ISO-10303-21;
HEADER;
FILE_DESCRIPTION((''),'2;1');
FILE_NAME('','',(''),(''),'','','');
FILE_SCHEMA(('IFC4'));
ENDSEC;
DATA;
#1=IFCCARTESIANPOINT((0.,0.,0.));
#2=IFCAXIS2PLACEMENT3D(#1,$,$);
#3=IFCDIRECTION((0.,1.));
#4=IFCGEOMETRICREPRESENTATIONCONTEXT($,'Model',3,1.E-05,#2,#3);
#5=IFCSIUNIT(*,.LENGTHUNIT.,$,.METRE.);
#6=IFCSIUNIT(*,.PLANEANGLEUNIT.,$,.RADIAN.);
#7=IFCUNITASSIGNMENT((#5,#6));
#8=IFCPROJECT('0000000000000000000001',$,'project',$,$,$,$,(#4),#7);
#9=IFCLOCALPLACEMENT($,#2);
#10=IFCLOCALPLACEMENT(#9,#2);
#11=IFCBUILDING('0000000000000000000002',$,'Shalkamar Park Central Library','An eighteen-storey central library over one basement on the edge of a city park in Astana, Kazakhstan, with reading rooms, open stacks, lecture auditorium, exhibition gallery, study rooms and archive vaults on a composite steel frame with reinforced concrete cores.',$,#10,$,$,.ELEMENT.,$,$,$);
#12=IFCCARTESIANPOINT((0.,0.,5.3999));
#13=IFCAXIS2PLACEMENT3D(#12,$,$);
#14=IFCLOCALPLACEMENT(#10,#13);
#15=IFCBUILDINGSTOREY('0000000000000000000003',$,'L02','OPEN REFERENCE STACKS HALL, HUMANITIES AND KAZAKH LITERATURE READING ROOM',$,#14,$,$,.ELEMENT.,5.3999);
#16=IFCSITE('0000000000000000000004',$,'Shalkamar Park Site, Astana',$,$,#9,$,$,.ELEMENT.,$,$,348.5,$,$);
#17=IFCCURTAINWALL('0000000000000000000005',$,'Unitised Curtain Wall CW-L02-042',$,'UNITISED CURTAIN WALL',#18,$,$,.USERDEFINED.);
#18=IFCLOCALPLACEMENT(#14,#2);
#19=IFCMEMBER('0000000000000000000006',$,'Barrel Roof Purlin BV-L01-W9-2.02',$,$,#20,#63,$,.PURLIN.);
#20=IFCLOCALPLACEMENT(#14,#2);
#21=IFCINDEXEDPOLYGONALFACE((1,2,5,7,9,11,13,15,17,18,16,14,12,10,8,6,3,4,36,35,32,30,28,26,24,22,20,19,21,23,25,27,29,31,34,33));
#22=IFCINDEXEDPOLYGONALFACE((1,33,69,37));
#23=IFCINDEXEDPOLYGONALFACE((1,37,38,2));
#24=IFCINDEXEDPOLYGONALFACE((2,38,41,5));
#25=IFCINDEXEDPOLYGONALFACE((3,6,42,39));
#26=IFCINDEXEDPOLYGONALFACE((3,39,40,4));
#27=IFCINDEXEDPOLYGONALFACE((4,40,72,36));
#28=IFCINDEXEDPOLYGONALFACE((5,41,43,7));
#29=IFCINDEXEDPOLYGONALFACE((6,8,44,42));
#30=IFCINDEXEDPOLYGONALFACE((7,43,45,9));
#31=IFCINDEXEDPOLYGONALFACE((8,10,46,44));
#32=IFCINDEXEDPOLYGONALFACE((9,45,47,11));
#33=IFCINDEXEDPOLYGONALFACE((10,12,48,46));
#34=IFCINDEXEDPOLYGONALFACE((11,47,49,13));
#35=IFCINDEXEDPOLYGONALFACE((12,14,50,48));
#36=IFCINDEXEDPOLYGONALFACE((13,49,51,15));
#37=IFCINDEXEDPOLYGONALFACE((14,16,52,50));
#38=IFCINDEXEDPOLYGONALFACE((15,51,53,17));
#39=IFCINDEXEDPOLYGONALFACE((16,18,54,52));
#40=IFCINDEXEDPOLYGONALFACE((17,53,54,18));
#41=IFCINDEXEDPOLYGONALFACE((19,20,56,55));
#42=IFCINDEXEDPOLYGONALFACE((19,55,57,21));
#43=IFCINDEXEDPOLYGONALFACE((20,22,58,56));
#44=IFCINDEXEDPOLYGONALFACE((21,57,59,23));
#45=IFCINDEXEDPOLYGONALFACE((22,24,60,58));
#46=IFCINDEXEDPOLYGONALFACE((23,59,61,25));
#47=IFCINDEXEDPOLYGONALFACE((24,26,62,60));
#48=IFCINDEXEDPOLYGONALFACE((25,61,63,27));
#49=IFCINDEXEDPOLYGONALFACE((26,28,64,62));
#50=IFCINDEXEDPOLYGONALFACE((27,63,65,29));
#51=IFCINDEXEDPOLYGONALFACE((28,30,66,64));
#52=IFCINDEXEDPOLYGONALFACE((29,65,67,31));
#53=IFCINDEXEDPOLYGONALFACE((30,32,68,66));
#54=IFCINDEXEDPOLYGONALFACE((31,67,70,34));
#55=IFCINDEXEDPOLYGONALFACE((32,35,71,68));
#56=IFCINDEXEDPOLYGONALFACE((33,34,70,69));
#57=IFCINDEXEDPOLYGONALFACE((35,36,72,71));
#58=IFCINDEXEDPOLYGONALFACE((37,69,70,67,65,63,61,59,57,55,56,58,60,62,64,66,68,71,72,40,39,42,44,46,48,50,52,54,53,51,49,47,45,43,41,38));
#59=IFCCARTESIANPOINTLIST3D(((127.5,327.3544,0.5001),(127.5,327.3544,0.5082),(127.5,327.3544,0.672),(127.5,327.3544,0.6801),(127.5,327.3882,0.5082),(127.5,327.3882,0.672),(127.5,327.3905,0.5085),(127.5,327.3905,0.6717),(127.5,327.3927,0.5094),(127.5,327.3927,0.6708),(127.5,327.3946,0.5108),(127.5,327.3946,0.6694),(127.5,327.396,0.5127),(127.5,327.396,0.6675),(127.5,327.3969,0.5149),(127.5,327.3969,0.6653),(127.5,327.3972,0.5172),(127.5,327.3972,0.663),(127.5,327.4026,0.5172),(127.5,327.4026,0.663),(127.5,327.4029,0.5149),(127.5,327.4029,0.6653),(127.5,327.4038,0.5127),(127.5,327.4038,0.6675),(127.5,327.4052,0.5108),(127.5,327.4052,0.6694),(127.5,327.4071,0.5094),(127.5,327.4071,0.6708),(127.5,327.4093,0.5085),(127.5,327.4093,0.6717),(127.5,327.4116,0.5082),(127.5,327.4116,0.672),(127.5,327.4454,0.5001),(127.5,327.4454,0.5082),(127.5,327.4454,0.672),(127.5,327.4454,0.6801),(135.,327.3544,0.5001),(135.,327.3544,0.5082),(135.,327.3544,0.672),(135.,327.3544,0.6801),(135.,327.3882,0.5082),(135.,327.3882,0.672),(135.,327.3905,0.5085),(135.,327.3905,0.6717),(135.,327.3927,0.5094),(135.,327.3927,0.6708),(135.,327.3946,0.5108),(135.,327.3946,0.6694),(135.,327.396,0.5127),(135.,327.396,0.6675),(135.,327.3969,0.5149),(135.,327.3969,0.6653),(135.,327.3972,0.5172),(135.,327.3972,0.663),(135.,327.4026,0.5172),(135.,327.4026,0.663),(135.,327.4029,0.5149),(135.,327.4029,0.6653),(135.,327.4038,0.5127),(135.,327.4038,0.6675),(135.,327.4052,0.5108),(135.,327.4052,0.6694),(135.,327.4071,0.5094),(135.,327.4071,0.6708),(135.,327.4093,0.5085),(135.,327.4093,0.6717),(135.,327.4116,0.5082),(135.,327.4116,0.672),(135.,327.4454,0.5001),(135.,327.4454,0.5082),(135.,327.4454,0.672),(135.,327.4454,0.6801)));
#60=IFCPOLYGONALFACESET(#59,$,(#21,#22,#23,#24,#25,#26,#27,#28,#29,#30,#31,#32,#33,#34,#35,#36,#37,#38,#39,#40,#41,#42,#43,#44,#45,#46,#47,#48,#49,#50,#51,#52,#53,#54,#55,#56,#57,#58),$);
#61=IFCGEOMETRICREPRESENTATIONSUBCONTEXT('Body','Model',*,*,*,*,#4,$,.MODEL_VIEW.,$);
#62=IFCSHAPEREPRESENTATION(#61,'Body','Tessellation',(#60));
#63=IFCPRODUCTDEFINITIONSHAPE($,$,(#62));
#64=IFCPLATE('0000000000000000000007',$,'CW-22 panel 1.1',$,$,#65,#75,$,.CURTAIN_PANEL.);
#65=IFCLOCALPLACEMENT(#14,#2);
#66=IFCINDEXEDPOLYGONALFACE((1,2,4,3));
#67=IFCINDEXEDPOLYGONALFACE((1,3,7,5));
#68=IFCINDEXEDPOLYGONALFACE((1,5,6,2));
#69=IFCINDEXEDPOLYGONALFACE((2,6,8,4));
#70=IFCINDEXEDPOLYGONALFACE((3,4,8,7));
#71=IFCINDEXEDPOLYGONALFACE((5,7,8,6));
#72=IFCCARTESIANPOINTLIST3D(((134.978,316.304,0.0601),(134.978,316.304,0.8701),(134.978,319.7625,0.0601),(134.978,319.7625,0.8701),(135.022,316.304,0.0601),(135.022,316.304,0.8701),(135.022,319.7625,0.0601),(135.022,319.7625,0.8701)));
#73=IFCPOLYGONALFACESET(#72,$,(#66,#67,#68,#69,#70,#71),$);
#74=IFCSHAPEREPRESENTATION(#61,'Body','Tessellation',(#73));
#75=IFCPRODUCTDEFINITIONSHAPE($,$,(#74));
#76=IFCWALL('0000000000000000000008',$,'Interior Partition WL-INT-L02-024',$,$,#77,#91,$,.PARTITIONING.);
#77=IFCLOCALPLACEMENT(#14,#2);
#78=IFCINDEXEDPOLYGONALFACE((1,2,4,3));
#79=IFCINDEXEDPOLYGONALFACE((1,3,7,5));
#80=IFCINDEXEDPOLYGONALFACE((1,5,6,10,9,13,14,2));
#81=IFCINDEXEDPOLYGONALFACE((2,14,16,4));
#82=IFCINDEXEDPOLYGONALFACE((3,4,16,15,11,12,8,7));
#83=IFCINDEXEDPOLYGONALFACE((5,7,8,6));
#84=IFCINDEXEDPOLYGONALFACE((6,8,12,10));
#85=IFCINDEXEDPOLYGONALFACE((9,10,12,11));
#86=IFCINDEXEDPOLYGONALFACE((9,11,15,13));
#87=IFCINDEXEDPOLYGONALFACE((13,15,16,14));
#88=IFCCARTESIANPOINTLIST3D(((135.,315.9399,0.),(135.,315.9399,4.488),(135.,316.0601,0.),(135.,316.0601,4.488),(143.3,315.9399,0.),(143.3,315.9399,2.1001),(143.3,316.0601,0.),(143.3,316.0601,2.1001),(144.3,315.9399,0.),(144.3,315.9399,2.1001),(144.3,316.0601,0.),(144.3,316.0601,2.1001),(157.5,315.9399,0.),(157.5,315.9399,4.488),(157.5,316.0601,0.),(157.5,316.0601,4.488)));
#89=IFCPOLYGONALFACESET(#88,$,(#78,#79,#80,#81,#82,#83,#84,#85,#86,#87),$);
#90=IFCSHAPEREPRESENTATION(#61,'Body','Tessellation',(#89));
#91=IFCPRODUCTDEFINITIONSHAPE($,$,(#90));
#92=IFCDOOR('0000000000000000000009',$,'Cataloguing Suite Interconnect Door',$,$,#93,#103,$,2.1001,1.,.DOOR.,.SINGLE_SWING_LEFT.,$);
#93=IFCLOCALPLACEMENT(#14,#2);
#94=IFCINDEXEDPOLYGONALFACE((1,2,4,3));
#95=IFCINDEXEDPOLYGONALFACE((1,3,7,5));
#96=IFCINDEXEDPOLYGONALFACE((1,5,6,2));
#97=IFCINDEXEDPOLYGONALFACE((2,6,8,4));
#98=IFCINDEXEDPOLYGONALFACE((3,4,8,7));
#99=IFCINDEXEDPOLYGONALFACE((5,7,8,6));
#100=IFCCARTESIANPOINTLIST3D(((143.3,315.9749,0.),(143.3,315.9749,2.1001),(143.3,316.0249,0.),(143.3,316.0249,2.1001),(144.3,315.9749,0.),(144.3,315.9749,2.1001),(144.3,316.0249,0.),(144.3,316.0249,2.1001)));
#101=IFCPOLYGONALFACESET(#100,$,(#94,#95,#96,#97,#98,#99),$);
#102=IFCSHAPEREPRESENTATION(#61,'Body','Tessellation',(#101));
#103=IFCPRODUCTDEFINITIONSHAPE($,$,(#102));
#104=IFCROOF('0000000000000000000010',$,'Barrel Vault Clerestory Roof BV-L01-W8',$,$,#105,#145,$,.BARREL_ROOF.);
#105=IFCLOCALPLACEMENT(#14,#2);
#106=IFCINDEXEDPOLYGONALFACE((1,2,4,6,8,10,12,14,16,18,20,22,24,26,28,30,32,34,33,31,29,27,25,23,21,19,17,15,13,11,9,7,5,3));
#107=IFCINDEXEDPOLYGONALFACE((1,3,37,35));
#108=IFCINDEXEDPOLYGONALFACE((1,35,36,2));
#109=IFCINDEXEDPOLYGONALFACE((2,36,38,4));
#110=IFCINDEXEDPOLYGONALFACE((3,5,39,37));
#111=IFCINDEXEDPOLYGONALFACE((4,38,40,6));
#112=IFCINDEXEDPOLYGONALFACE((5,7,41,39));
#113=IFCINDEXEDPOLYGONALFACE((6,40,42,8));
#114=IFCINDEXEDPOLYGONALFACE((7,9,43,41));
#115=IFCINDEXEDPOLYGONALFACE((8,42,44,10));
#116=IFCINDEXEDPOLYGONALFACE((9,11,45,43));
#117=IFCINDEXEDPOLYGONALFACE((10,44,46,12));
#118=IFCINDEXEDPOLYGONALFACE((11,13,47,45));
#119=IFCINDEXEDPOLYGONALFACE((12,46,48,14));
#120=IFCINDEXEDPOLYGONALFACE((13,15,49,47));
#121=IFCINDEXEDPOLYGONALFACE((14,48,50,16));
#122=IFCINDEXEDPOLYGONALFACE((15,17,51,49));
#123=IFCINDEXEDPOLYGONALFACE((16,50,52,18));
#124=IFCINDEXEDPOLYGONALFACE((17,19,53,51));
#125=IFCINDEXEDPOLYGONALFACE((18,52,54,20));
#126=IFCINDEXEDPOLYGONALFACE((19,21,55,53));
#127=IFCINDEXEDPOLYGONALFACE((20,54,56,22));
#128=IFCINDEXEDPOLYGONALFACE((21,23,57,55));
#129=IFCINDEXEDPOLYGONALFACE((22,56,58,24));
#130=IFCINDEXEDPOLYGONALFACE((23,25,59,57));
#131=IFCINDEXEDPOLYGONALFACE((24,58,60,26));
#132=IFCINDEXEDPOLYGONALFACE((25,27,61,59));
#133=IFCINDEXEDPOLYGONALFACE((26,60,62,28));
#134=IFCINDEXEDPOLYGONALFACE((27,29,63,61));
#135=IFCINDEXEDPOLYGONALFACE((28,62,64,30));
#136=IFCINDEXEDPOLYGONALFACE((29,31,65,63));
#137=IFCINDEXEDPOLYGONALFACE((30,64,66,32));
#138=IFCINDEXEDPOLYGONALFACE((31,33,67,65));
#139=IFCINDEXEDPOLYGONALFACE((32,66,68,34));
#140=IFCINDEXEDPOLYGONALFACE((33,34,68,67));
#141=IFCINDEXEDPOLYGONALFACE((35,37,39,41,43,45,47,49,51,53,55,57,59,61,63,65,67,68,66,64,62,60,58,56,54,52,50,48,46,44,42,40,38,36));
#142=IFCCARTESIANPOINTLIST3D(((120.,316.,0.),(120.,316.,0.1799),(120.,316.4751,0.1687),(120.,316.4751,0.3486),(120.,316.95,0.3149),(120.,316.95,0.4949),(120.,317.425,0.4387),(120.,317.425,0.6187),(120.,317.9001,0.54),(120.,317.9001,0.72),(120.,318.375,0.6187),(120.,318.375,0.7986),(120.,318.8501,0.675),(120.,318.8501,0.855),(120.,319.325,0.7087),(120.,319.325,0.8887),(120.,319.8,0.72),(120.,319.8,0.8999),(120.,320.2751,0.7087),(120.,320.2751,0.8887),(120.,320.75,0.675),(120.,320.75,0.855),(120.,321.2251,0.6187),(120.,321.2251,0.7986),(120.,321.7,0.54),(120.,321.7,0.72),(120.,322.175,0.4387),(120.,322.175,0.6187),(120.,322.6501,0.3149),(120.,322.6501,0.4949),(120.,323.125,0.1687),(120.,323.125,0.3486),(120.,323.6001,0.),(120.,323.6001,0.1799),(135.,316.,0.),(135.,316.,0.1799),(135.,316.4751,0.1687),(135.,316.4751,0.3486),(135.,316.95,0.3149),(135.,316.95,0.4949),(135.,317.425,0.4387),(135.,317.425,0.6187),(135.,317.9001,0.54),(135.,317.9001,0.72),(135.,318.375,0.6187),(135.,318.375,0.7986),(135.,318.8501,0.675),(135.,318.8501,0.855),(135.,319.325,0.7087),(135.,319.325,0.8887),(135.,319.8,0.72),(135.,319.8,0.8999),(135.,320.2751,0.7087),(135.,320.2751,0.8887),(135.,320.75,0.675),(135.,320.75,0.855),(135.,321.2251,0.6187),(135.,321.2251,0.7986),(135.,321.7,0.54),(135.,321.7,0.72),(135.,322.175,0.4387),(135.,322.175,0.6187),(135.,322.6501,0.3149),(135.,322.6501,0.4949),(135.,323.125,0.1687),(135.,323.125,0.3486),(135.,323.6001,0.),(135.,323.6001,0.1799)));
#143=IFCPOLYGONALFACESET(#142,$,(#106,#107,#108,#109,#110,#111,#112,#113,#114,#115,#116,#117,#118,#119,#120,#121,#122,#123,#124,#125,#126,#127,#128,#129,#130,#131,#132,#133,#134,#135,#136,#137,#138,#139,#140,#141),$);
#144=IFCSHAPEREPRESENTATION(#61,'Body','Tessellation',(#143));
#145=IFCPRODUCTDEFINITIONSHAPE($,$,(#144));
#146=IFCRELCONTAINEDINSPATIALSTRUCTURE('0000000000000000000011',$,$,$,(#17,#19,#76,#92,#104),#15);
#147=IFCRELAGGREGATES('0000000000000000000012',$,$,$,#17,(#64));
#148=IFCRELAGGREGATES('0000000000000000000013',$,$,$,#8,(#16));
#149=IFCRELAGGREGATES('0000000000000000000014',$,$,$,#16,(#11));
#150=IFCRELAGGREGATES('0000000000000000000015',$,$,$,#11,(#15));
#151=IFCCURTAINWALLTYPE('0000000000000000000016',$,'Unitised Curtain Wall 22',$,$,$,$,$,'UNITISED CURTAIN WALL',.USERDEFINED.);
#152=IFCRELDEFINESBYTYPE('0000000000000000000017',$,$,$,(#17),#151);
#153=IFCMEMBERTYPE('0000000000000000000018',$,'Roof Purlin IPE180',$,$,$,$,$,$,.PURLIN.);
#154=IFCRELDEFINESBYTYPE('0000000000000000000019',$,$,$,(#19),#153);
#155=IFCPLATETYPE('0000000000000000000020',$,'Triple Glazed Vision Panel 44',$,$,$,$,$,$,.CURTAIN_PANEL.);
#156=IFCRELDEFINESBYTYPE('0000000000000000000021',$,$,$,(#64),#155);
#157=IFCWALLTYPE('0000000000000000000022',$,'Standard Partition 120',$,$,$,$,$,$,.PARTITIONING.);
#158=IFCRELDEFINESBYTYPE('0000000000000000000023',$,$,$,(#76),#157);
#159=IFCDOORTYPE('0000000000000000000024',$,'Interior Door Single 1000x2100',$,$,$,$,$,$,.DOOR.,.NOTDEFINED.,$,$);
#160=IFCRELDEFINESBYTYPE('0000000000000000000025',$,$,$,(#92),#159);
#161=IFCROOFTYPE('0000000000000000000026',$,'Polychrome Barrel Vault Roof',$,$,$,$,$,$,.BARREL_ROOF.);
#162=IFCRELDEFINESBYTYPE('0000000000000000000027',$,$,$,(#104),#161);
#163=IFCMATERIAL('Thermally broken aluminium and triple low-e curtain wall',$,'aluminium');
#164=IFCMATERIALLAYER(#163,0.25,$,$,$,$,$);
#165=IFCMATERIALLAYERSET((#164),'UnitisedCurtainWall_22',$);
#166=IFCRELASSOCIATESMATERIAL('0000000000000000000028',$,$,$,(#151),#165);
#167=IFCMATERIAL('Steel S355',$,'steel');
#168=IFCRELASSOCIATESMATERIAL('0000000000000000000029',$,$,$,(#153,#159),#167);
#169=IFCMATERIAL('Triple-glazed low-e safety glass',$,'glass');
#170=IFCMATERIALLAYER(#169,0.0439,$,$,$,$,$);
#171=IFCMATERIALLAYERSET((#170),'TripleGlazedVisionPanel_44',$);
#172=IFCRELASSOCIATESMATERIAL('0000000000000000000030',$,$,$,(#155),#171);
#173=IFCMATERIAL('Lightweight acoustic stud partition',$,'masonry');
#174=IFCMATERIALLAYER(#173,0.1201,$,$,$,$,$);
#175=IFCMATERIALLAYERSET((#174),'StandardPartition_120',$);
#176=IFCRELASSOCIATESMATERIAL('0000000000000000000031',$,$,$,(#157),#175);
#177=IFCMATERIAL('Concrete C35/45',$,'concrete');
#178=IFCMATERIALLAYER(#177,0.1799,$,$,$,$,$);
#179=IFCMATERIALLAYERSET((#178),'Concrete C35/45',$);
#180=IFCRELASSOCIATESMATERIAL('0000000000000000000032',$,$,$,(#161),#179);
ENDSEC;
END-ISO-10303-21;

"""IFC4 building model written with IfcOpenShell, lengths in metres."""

from ifc_helpers import new_model, si_unit, direction, frame, frame_2d, origin, origin_2d, place, context, subcontext, project, spatial, polyline, rectangle, i_section, outline, extrude, material, layer, layer_set, material_profile, profile_set, type_object, element, fill, aggregate, save


model = new_model("IFC4")

# Units and contexts
model_context = context("Model", 3, precision=1e-05, world=origin(), true_north=direction((0.0, 1.0)))
body_context = subcontext(model_context, "Body", "Model", "MODEL_VIEW")
ifc_project = project(units=[si_unit("LENGTHUNIT", "METRE"), si_unit("PLANEANGLEUNIT", "RADIAN")], contexts=[model_context])

# Site, building, storey
site_placement = place(None, origin())
site = spatial("IfcSite", under=ifc_project, at=site_placement, Name="Shalkamar Park Site, Astana", CompositionType="ELEMENT", RefElevation=348.5)
building_placement = place(site_placement, origin())
building = spatial("IfcBuilding", under=site, at=building_placement, Name="Shalkamar Park Central Library", Description="An eighteen-storey central library over one basement on the edge of a city park in Astana, Kazakhstan, with reading rooms, open stacks, lecture auditorium, exhibition gallery, study rooms and archive vaults on a composite steel frame with reinforced concrete cores.", CompositionType="ELEMENT")
storey_placement = place(building_placement, frame((0.0, 0.0, 5.3999)))
storey = spatial("IfcBuildingStorey", under=building, at=storey_placement, Name="L02", Description="OPEN REFERENCE STACKS HALL, HUMANITIES AND KAZAKH LITERATURE READING ROOM", CompositionType="ELEMENT", Elevation=5.3999)

# Curtain wall
ifc_material_1 = material(Name="Thermally broken aluminium and triple low-e curtain wall", Category="aluminium")
ifc_layer_1 = layer(ifc_material_1, 0.25)
ifc_layer_set_1 = layer_set([ifc_layer_1], Name="UnitisedCurtainWall_22")
curtain_wall_type = type_object("IfcCurtainWallType", Name="Unitised Curtain Wall 22", ElementType="UNITISED CURTAIN WALL", PredefinedType="USERDEFINED", material=ifc_layer_set_1)
curtain_wall_placement = place(storey_placement, origin())
curtain_wall = element("IfcCurtainWall", 1, at=curtain_wall_placement, inside=storey, type_object=curtain_wall_type, Name="Unitised Curtain Wall CW-L02-042", ObjectType="UNITISED CURTAIN WALL", PredefinedType="USERDEFINED")

# Member
ifc_material_2 = material(Name="Steel S355", Category="steel")
ifc_material_profile_1 = material_profile(ifc_material_2, i_section(OverallWidth=0.0911, OverallDepth=0.1799, WebThickness=0.0054, FlangeThickness=0.0081, FilletRadius=0.009, at=origin_2d()), Name="IPE 180")
ifc_profile_set_1 = profile_set([ifc_material_profile_1], Name="Steel S355")
member_type_1 = type_object("IfcMemberType", Name="Roof Purlin IPE180", PredefinedType="PURLIN", material=ifc_profile_set_1)
for number, where, z_axis, x_axis, name in (
    (2, (127.5, 327.3999, 0.5901), (1.0, 0.0, 0.0), (0.0, 1.0, 0.0), "Barrel Roof Purlin BV-L01-W9-2.02"),
):
    element("IfcMember", number, at=place(storey_placement, frame(where, z_axis=z_axis, x_axis=x_axis)), inside=storey, type_object=member_type_1, Name=name, PredefinedType="PURLIN", context=body_context, shape_type="SweptSolid", body=[
        extrude(i_section(OverallWidth=0.0911, OverallDepth=0.1799, WebThickness=0.0054, FlangeThickness=0.0081, FilletRadius=0.009, at=origin_2d()), origin(), (0.0, 0.0, 1.0), 7.5),
    ])

# Plate
ifc_material_3 = material(Name="Triple-glazed low-e safety glass", Category="glass")
ifc_layer_2 = layer(ifc_material_3, 0.0439)
ifc_layer_set_2 = layer_set([ifc_layer_2], Name="TripleGlazedVisionPanel_44")
plate_type = type_object("IfcPlateType", Name="Triple Glazed Vision Panel 44", PredefinedType="CURTAIN_PANEL", material=ifc_layer_set_2)
plate_placement = place(storey_placement, frame((135.0, 318.0332, 0.0601), z_axis=(0.0, 0.0, 1.0), x_axis=(0.0, 1.0, 0.0)))
plate = element("IfcPlate", 3, at=plate_placement, type_object=plate_type, Name="CW-22 panel 1.1", PredefinedType="CURTAIN_PANEL", context=body_context, shape_type="SweptSolid", body=[
    extrude(rectangle(XDim=3.4585, YDim=0.0439, at=origin_2d()), origin(), (0.0, 0.0, 1.0), 0.8101),
])
aggregate(curtain_wall, [plate])

# Wall, opening, door
ifc_material_4 = material(Name="Lightweight acoustic stud partition", Category="masonry")
ifc_layer_3 = layer(ifc_material_4, 0.1201)
ifc_layer_set_3 = layer_set([ifc_layer_3], Name="StandardPartition_120")
wall_type = type_object("IfcWallType", Name="Standard Partition 120", PredefinedType="PARTITIONING", material=ifc_layer_set_3)
wall_placement = place(storey_placement, frame((135.0, 316.0, 0.0), z_axis=(0.0, 0.0, 1.0), x_axis=(1.0, 0.0, 0.0)))
wall = element("IfcWall", 4, at=wall_placement, inside=storey, type_object=wall_type, Name="Interior Partition WL-INT-L02-024", PredefinedType="PARTITIONING", context=body_context, shape_type="SweptSolid", body=[
    extrude(rectangle(XDim=22.5, YDim=0.1201, at=frame_2d((11.25, 0.0))), origin(), (0.0, 0.0, 1.0), 4.488),
])
opening_placement = place(wall_placement, frame((8.3, 0.0, 0.0)))
opening = element("IfcOpeningElement", 5, at=opening_placement, cuts=wall, PredefinedType="OPENING", context=body_context, shape_type="SweptSolid", body=[
    extrude(rectangle(XDim=1.0, YDim=2.1001, at=frame_2d((0.5, 1.05))), frame((0.0, 0.075, 0.0), z_axis=(0.0, -1.0, 0.0), x_axis=(1.0, 0.0, 0.0)), (0.0, 0.0, 1.0), 0.1499),
])
door_type = type_object("IfcDoorType", Name="Interior Door Single 1000x2100", OperationType="NOTDEFINED", PredefinedType="DOOR", material=ifc_material_2)
door_placement = place(opening_placement, origin())
door = element("IfcDoor", 6, at=door_placement, inside=storey, type_object=door_type, Name="Cataloguing Suite Interconnect Door", OperationType="SINGLE_SWING_LEFT", OverallHeight=2.1001, OverallWidth=1.0, PredefinedType="DOOR", context=body_context, shape_type="SweptSolid", body=[
    extrude(rectangle(XDim=1.0, YDim=2.1001, at=frame_2d((0.5, 1.05))), frame((0.0, 0.0249, 0.0), z_axis=(0.0, -1.0, 0.0), x_axis=(1.0, 0.0, 0.0)), (0.0, 0.0, 1.0), 0.05),
])
fill(opening, door)

# Roof
ifc_material_5 = material(Name="Concrete C35/45", Category="concrete")
ifc_layer_4 = layer(ifc_material_5, 0.1799)
ifc_layer_set_4 = layer_set([ifc_layer_4], Name="Concrete C35/45")
roof_type = type_object("IfcRoofType", Name="Polychrome Barrel Vault Roof", PredefinedType="BARREL_ROOF", material=ifc_layer_set_4)
roof_1_placement = place(storey_placement, frame((120.0, 319.8, 0.0), z_axis=(0.0, 0.0, 1.0), x_axis=(1.0, 0.0, 0.0)))
element("IfcRoof", 7, at=roof_1_placement, inside=storey, type_object=roof_type, Name="Barrel Vault Clerestory Roof BV-L01-W8", PredefinedType="BARREL_ROOF", context=body_context, shape_type="SweptSolid", body=[
    extrude(outline(polyline([(-3.8, 0.1799), (-3.325, 0.3486), (-2.8501, 0.4949), (-2.375, 0.6187), (-1.8999, 0.72), (-1.425, 0.7986), (-0.95, 0.855), (-0.4751, 0.8887), (0.0, 0.8999), (0.4751, 0.8887), (0.95, 0.855), (1.425, 0.7986), (1.8999, 0.72), (2.375, 0.6187), (2.8501, 0.4949), (3.325, 0.3486), (3.8, 0.1799), (3.8, 0.0), (3.325, 0.1687), (2.8501, 0.3149), (2.375, 0.4387), (1.8999, 0.54), (1.425, 0.6187), (0.95, 0.675), (0.4751, 0.7087), (0.0, 0.72), (-0.4751, 0.7087), (-0.95, 0.675), (-1.425, 0.6187), (-1.8999, 0.54), (-2.375, 0.4387), (-2.8501, 0.3149), (-3.325, 0.1687), (-3.8, 0.0), (-3.8, 0.1799)])), frame((0.0, 0.0, 0.0), z_axis=(1.0, 0.0, 0.0), x_axis=(0.0, 1.0, 0.0)), (0.0, 0.0, 1.0), 15.0),
])

save(model, "model.ifc")
